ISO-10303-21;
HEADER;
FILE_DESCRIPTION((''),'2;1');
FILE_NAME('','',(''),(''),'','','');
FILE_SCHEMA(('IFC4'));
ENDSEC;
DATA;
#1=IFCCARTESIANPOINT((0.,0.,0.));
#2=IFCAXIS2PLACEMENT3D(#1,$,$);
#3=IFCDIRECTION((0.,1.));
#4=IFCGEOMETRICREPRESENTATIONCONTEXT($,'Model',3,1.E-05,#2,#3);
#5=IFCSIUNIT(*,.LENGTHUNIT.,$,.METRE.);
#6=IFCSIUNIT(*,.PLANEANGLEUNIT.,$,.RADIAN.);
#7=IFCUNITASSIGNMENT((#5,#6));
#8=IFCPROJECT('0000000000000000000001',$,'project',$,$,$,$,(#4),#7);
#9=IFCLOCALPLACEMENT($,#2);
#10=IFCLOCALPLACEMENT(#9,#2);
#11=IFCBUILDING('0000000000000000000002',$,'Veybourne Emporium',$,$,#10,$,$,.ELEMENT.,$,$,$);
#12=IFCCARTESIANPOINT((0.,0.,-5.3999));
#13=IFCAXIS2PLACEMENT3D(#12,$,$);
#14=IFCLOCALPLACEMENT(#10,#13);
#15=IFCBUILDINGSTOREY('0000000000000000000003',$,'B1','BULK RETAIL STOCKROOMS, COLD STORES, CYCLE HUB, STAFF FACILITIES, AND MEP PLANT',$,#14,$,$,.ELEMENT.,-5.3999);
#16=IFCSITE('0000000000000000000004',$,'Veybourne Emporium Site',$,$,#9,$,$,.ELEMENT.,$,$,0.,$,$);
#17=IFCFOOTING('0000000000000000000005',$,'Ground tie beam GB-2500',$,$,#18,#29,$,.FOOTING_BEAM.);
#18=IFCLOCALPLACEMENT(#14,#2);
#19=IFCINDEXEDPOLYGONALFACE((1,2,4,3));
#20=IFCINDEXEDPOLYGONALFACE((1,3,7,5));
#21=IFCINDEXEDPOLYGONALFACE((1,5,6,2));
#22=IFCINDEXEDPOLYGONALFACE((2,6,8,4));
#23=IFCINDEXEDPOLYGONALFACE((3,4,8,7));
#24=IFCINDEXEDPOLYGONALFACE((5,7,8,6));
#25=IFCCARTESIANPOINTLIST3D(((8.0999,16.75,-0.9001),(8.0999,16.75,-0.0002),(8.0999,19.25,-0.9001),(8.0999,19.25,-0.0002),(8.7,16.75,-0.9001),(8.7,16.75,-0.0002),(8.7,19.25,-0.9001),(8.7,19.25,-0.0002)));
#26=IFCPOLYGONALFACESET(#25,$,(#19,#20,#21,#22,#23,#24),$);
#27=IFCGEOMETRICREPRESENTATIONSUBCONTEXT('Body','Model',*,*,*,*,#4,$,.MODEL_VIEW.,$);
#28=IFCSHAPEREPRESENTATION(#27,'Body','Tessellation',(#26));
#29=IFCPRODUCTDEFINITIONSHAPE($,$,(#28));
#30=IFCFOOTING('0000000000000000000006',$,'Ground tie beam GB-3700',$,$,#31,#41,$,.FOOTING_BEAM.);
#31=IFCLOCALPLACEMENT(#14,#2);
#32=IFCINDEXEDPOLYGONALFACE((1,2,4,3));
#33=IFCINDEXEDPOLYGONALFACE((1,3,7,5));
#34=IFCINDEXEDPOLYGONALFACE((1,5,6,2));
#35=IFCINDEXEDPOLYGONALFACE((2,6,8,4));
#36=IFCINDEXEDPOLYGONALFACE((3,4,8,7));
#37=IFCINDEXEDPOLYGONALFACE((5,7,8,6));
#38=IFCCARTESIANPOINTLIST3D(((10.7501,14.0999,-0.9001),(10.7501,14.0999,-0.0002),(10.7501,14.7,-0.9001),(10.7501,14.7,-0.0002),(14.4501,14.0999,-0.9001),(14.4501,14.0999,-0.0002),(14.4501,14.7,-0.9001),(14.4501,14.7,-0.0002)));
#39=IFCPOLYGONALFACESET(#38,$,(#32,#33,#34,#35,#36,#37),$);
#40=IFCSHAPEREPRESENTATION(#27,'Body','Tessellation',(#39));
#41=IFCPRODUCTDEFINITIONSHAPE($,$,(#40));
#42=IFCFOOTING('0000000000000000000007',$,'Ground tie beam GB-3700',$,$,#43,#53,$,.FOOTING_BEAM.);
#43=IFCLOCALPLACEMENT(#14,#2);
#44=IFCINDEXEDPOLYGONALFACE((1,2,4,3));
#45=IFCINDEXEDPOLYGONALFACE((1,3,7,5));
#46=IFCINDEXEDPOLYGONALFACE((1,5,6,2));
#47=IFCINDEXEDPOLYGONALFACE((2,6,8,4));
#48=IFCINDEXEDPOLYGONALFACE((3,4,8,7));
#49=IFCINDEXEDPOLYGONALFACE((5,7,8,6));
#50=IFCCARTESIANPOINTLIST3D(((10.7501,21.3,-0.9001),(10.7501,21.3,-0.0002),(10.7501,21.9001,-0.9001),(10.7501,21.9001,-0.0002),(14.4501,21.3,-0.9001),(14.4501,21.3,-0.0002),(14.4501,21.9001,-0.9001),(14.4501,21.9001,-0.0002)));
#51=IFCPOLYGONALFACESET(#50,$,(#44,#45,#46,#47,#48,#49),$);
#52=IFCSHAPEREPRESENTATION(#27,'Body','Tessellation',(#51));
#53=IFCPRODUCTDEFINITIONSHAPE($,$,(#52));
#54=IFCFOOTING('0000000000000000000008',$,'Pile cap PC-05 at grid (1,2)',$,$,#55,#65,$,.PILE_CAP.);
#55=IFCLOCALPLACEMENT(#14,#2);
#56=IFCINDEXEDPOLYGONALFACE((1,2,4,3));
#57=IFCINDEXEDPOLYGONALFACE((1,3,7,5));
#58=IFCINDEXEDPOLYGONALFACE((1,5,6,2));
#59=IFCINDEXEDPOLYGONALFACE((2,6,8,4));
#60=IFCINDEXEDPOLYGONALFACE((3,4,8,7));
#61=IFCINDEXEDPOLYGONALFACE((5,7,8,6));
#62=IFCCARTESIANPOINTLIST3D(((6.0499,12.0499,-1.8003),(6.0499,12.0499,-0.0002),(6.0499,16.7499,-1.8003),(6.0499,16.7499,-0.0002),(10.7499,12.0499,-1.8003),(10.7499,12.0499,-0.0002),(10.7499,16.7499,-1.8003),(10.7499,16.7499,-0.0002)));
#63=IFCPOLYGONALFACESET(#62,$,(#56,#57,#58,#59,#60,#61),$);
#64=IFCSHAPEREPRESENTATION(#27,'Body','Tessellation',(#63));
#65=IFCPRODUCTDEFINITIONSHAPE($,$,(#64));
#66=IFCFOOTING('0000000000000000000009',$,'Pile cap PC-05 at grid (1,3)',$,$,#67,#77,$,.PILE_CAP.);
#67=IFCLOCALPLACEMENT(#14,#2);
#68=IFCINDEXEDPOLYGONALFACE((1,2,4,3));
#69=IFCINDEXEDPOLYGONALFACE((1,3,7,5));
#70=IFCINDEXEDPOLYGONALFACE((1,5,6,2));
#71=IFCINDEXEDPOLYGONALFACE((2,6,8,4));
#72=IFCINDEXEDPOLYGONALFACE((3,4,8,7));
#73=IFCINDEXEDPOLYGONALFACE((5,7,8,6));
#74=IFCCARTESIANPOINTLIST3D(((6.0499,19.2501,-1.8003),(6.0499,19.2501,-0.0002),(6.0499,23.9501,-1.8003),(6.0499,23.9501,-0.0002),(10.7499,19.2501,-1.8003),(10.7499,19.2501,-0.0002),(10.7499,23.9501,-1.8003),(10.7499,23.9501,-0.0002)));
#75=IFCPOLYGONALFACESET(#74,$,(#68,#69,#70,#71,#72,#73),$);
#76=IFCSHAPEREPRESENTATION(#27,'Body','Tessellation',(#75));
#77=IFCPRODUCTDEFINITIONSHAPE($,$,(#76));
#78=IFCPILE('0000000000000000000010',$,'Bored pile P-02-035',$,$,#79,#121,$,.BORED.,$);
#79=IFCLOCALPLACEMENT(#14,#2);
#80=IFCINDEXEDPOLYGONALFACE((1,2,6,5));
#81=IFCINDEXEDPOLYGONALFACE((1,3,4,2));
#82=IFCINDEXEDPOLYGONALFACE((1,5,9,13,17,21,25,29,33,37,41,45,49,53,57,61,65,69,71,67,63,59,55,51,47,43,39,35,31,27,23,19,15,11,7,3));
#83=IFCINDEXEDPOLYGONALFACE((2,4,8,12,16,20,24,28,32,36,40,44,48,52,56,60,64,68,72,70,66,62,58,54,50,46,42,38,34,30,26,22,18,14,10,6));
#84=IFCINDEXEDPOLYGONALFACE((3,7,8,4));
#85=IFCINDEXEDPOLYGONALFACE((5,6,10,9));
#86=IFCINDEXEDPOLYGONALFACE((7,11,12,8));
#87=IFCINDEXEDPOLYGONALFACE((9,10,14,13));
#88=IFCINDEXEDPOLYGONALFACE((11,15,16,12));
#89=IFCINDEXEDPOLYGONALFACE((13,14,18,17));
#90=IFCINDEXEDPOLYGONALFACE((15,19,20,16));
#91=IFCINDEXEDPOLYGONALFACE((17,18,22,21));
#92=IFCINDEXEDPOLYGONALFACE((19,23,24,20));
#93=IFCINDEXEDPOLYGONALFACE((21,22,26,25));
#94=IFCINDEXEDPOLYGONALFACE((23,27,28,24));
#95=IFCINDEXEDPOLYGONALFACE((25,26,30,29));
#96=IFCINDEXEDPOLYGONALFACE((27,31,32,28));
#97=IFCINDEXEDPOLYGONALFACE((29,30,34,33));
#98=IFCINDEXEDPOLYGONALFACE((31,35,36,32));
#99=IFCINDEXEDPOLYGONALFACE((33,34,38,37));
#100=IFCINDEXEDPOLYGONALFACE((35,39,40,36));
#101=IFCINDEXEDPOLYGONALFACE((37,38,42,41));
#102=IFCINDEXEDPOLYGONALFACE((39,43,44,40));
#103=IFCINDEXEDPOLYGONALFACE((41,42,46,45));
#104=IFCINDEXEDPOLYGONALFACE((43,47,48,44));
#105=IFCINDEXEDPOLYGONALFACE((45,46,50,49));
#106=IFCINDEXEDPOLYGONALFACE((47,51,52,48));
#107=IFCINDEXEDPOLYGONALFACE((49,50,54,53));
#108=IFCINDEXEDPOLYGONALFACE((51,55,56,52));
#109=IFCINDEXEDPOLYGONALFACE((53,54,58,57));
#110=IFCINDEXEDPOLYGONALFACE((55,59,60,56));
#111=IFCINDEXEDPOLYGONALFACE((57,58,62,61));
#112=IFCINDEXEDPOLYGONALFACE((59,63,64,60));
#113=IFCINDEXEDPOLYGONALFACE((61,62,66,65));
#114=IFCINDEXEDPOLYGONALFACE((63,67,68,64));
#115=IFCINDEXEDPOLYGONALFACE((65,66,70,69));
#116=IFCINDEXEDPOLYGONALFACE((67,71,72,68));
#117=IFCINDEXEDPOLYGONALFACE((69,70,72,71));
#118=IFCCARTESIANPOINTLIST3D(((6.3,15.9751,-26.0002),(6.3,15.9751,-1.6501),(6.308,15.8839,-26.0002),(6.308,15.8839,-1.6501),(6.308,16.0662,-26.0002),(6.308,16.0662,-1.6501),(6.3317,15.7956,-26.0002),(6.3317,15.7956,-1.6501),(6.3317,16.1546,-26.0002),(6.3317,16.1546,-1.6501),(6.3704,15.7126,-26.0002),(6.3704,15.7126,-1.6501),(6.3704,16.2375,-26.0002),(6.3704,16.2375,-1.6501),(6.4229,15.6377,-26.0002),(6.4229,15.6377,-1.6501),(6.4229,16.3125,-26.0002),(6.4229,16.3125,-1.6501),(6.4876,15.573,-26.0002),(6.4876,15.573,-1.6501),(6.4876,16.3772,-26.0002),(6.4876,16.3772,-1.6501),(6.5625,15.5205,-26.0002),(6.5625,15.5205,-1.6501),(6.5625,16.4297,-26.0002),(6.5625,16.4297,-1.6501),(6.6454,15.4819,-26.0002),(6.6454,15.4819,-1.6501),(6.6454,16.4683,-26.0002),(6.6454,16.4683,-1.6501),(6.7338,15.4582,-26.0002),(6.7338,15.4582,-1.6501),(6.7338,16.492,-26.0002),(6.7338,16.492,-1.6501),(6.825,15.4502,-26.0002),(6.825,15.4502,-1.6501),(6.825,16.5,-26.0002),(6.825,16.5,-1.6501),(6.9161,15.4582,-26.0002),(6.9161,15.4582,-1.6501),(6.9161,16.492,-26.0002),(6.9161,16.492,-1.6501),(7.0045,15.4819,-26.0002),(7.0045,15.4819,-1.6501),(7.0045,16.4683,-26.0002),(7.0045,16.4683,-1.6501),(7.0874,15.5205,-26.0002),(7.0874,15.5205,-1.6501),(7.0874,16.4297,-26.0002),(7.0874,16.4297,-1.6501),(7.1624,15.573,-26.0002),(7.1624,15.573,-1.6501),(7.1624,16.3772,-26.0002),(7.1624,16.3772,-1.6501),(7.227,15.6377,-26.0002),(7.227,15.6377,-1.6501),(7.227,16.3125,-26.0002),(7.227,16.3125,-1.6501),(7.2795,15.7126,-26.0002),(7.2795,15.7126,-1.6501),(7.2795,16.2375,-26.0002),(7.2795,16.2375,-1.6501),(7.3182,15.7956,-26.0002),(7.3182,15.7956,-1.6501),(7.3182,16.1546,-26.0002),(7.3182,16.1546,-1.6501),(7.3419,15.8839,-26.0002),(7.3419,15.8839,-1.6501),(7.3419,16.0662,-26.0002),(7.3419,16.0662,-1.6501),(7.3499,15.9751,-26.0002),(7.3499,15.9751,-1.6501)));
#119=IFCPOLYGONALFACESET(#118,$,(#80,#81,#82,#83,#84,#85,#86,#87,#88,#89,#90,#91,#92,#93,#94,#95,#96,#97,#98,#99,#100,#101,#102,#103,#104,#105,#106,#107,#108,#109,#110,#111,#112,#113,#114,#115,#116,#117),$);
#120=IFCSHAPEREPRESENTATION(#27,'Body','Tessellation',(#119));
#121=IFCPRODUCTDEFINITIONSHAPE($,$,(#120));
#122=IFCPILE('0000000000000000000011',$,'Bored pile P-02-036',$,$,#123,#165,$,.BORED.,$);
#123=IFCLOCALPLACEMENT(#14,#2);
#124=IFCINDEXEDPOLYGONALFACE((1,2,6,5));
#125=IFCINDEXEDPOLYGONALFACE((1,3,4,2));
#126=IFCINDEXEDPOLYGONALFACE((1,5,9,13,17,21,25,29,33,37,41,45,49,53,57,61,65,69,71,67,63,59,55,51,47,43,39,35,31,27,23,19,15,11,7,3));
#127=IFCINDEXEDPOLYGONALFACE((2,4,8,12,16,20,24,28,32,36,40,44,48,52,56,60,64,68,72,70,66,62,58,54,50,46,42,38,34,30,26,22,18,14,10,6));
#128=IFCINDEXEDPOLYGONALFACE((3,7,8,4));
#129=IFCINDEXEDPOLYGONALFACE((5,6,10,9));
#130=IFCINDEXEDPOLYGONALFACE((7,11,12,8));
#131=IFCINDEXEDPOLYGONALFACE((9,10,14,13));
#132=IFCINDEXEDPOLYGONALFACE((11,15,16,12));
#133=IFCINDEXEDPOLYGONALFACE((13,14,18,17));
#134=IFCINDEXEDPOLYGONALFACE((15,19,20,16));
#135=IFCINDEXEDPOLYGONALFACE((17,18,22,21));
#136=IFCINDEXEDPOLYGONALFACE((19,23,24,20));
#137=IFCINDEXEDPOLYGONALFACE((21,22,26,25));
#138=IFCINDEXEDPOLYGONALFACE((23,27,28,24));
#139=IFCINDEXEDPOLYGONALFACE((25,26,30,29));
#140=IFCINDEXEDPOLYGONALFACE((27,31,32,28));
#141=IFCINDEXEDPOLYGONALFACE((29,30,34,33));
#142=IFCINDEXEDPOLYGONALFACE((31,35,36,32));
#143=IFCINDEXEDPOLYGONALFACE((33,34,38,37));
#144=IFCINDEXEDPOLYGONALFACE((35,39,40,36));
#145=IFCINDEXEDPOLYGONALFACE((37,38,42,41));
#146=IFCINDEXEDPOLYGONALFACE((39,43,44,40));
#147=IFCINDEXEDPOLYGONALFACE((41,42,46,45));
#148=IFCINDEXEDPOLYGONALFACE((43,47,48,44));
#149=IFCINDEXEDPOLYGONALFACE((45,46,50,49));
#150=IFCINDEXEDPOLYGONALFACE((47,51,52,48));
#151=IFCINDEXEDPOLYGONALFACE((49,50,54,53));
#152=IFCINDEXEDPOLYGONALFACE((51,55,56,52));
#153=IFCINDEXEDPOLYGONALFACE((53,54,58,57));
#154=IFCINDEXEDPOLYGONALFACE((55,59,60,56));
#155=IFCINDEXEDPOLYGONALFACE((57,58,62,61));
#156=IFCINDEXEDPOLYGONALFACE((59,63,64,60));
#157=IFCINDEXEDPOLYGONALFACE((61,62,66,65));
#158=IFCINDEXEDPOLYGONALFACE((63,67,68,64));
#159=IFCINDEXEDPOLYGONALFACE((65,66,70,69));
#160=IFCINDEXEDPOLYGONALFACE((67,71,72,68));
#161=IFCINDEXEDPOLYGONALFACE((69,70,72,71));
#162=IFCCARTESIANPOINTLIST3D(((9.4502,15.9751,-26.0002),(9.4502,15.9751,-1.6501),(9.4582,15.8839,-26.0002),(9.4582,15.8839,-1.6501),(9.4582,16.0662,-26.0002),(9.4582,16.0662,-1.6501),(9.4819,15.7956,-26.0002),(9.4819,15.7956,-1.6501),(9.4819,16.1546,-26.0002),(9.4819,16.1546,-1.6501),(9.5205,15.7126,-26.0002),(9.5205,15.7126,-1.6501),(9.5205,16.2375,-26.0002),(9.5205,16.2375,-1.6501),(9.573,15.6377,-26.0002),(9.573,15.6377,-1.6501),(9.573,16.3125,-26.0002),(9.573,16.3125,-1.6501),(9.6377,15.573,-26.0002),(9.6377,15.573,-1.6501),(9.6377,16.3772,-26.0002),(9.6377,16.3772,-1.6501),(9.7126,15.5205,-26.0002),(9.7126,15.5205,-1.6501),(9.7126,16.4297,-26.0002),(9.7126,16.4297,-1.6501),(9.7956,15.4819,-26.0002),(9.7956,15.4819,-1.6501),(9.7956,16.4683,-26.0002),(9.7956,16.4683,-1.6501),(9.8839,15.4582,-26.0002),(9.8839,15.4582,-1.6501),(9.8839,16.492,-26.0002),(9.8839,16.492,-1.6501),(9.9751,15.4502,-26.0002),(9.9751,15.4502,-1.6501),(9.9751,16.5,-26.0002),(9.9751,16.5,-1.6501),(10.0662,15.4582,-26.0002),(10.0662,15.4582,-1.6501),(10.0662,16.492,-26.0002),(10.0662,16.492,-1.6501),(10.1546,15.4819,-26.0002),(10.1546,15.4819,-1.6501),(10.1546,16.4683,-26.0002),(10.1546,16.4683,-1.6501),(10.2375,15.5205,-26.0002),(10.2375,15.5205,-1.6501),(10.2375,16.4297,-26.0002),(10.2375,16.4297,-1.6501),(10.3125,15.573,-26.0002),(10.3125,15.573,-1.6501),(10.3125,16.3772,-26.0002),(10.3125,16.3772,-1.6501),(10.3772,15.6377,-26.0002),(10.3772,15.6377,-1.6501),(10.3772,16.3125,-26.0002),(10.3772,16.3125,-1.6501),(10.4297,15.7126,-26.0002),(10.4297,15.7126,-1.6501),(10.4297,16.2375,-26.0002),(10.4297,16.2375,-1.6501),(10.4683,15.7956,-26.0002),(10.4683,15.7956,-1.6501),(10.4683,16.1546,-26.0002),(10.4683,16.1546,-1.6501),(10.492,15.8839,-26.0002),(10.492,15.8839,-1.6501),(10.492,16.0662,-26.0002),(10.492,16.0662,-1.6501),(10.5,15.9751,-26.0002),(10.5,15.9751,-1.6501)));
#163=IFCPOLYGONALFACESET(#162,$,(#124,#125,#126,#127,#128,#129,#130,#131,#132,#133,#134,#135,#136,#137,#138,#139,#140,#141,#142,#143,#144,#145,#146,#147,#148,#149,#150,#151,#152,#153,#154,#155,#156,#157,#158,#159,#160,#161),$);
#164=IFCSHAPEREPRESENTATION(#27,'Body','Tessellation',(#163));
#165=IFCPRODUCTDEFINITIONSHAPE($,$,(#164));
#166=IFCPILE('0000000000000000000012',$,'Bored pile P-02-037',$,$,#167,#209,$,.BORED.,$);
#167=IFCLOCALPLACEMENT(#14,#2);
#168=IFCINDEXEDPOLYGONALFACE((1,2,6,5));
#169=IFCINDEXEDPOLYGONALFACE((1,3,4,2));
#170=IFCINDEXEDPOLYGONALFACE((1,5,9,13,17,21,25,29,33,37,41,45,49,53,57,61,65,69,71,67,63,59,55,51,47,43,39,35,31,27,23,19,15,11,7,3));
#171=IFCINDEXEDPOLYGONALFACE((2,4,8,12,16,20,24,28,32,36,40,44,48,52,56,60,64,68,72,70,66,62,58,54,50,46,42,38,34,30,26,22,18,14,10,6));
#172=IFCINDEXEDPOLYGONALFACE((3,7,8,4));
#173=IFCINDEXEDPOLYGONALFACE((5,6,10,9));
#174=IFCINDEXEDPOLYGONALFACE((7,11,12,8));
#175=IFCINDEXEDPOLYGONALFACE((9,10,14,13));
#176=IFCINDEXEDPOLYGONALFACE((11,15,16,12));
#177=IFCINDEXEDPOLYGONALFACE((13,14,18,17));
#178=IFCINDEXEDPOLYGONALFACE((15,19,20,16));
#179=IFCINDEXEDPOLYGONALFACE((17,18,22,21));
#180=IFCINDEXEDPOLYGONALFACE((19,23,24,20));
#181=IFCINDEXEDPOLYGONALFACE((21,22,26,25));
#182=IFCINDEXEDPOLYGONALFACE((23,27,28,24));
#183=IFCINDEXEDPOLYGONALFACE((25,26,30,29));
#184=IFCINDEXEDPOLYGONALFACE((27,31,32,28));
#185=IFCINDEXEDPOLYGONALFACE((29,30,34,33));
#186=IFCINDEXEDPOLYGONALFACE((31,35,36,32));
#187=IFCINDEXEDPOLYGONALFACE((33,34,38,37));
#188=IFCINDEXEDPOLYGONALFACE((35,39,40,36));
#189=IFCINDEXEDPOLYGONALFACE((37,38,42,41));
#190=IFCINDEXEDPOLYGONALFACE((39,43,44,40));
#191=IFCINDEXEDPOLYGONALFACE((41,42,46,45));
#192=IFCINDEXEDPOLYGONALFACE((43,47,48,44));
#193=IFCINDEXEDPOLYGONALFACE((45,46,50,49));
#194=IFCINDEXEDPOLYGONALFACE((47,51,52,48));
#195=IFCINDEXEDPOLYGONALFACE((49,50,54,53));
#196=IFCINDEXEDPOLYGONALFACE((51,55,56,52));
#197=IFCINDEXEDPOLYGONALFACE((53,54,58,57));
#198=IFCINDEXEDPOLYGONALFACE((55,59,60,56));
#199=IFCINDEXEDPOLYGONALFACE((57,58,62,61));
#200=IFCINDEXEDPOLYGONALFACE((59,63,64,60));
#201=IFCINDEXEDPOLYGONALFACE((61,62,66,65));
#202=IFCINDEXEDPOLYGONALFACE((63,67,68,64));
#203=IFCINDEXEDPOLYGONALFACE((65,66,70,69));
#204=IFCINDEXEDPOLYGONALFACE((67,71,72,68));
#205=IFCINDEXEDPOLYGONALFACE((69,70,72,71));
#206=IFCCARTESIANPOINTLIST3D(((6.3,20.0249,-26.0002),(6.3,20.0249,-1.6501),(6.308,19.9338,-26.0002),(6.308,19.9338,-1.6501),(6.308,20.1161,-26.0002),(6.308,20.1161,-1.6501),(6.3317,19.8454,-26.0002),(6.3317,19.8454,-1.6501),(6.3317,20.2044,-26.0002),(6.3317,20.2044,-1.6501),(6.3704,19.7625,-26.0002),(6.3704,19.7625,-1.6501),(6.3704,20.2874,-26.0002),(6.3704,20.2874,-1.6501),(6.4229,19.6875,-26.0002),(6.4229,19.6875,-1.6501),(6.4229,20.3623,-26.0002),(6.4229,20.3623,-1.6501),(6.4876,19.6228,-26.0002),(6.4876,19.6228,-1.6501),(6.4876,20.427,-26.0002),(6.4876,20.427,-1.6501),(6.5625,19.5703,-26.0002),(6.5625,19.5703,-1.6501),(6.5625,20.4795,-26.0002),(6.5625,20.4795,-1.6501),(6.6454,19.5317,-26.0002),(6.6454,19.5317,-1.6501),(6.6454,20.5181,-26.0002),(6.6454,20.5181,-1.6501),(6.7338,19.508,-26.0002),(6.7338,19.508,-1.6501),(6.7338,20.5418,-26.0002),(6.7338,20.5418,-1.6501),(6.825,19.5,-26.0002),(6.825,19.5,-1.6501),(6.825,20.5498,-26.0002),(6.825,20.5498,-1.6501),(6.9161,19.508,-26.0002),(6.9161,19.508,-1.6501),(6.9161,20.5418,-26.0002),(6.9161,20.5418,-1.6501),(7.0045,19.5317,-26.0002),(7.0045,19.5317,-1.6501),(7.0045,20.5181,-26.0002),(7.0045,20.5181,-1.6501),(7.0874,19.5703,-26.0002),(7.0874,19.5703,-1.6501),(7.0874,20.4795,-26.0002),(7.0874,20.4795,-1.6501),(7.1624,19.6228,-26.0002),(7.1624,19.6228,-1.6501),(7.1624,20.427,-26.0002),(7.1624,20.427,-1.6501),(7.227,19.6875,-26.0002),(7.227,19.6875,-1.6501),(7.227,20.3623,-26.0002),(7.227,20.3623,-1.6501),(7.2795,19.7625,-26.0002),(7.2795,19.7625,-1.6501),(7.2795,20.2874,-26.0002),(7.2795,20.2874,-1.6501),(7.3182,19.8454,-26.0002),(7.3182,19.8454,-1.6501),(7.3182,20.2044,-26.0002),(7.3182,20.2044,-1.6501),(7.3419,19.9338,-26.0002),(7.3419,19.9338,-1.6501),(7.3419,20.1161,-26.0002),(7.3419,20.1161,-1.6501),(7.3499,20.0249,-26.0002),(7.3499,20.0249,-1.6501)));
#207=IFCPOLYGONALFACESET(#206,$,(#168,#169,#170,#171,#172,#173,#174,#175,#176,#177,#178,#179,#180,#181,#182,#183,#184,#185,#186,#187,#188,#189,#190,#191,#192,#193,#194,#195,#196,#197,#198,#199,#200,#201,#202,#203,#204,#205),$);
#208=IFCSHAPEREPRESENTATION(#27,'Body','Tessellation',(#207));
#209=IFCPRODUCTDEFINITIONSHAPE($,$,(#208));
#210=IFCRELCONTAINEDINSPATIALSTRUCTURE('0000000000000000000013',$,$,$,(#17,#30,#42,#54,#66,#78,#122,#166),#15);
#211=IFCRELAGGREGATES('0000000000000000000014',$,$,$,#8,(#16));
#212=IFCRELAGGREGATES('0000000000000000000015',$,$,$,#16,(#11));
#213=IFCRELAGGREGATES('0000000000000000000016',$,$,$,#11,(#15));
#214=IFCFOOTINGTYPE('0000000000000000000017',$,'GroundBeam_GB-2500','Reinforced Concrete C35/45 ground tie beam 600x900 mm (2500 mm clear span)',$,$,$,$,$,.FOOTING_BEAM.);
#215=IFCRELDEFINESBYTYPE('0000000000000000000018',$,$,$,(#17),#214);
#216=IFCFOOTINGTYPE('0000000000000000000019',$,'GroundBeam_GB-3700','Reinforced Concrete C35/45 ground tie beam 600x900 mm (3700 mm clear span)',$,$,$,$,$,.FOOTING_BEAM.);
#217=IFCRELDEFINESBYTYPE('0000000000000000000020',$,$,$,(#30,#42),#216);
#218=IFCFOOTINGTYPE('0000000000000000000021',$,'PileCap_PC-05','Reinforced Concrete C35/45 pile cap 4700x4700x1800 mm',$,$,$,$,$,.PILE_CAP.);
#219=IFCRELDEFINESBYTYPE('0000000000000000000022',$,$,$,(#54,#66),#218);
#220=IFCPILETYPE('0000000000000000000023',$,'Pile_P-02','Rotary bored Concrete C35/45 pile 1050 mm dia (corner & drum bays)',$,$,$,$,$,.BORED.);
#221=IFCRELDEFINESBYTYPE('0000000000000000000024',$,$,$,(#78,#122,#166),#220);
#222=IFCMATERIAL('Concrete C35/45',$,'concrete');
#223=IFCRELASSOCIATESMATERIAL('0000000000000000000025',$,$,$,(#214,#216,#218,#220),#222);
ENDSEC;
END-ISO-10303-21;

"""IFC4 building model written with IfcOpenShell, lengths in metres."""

from ifc_helpers import new_model, si_unit, direction, frame, origin, origin_2d, place, context, subcontext, project, spatial, rectangle, circle, extrude, material, material_profile, profile_set, type_object, element, save


model = new_model("IFC4")

# Units and contexts
model_context = context("Model", 3, precision=1e-05, world=origin(), true_north=direction((0.0, 1.0)))
body_context = subcontext(model_context, "Body", "Model", "MODEL_VIEW")
ifc_project = project(units=[si_unit("LENGTHUNIT", "METRE"), si_unit("PLANEANGLEUNIT", "RADIAN")], contexts=[model_context])

# Site, building, storey
site_placement = place(None, origin())
site = spatial("IfcSite", under=ifc_project, at=site_placement, Name="Veybourne Emporium Site", CompositionType="ELEMENT", RefElevation=0.0)
building_placement = place(site_placement, origin())
building = spatial("IfcBuilding", under=site, at=building_placement, Name="Veybourne Emporium", CompositionType="ELEMENT")
storey_placement = place(building_placement, frame((0.0, 0.0, -5.3999)))
storey = spatial("IfcBuildingStorey", under=building, at=storey_placement, Name="B1", Description="BULK RETAIL STOCKROOMS, COLD STORES, CYCLE HUB, STAFF FACILITIES, AND MEP PLANT", CompositionType="ELEMENT", Elevation=-5.3999)

# Footings
ifc_material_1 = material(Name="Concrete C35/45", Category="concrete")
footing_type_1 = type_object("IfcFootingType", Name="GroundBeam_GB-2500", Description="Reinforced Concrete C35/45 ground tie beam 600x900 mm (2500 mm clear span)", PredefinedType="FOOTING_BEAM", material=ifc_material_1)
footing_placement = place(storey_placement, frame((8.3999, 18.0, -0.9001), z_axis=(0.0, 0.0, 1.0), x_axis=(0.0, 1.0, 0.0)))
element("IfcFooting", 1, at=footing_placement, inside=storey, type_object=footing_type_1, Name="Ground tie beam GB-2500", PredefinedType="FOOTING_BEAM", context=body_context, shape_type="SweptSolid", body=[
    extrude(rectangle(XDim=2.5, YDim=0.6001, at=origin_2d()), origin(), (0.0, 0.0, 1.0), 0.8999),
])
footing_type_2 = type_object("IfcFootingType", Name="GroundBeam_GB-3700", Description="Reinforced Concrete C35/45 ground tie beam 600x900 mm (3700 mm clear span)", PredefinedType="FOOTING_BEAM", material=ifc_material_1)
for number, where, z_axis, x_axis, name in (
    (2, (12.6001, 14.3999, -0.9001), (0.0, 0.0, 1.0), (1.0, 0.0, 0.0), "Ground tie beam GB-3700"),
    (3, (12.6001, 21.6001, -0.9001), (0.0, 0.0, 1.0), (1.0, 0.0, 0.0), "Ground tie beam GB-3700"),
):
    element("IfcFooting", number, at=place(storey_placement, frame(where, z_axis=z_axis, x_axis=x_axis)), inside=storey, type_object=footing_type_2, Name=name, PredefinedType="FOOTING_BEAM", context=body_context, shape_type="SweptSolid", body=[
        extrude(rectangle(XDim=3.7, YDim=0.6001, at=origin_2d()), origin(), (0.0, 0.0, 1.0), 0.8999),
    ])
footing_type_3 = type_object("IfcFootingType", Name="PileCap_PC-05", Description="Reinforced Concrete C35/45 pile cap 4700x4700x1800 mm", PredefinedType="PILE_CAP", material=ifc_material_1)
for number, where, z_axis, x_axis, name in (
    (4, (8.3999, 14.3999, -1.8003), (0.0, 0.0, 1.0), (1.0, 0.0, 0.0), "Pile cap PC-05 at grid (1,2)"),
    (5, (8.3999, 21.6001, -1.8003), (0.0, 0.0, 1.0), (1.0, 0.0, 0.0), "Pile cap PC-05 at grid (1,3)"),
):
    element("IfcFooting", number, at=place(storey_placement, frame(where, z_axis=z_axis, x_axis=x_axis)), inside=storey, type_object=footing_type_3, Name=name, PredefinedType="PILE_CAP", context=body_context, shape_type="SweptSolid", body=[
        extrude(rectangle(XDim=4.7, YDim=4.7, at=origin_2d()), origin(), (0.0, 0.0, 1.0), 1.8),
    ])

# Piles
ifc_material_profile_1 = material_profile(ifc_material_1, circle(Radius=0.5249, at=origin_2d()), Name="BORED PILE 1050")
ifc_profile_set_1 = profile_set([ifc_material_profile_1], Name="Concrete C35/45")
pile_type_1 = type_object("IfcPileType", Name="Pile_P-02", Description="Rotary bored Concrete C35/45 pile 1050 mm dia (corner & drum bays)", PredefinedType="BORED", material=ifc_profile_set_1)
for number, where, z_axis, x_axis, name in (
    (6, (6.825, 15.9751, -1.6501), (0.0, 0.0, -1.0), (1.0, 0.0, 0.0), "Bored pile P-02-035"),
    (7, (9.9751, 15.9751, -1.6501), (0.0, 0.0, -1.0), (1.0, 0.0, 0.0), "Bored pile P-02-036"),
    (8, (6.825, 20.0249, -1.6501), (0.0, 0.0, -1.0), (1.0, 0.0, 0.0), "Bored pile P-02-037"),
):
    element("IfcPile", number, at=place(storey_placement, frame(where, z_axis=z_axis, x_axis=x_axis)), inside=storey, type_object=pile_type_1, Name=name, PredefinedType="BORED", context=body_context, shape_type="SweptSolid", body=[
        extrude(circle(Radius=0.5249, at=origin_2d()), origin(), (0.0, 0.0, 1.0), 24.3501),
    ])

save(model, "model.ifc")
